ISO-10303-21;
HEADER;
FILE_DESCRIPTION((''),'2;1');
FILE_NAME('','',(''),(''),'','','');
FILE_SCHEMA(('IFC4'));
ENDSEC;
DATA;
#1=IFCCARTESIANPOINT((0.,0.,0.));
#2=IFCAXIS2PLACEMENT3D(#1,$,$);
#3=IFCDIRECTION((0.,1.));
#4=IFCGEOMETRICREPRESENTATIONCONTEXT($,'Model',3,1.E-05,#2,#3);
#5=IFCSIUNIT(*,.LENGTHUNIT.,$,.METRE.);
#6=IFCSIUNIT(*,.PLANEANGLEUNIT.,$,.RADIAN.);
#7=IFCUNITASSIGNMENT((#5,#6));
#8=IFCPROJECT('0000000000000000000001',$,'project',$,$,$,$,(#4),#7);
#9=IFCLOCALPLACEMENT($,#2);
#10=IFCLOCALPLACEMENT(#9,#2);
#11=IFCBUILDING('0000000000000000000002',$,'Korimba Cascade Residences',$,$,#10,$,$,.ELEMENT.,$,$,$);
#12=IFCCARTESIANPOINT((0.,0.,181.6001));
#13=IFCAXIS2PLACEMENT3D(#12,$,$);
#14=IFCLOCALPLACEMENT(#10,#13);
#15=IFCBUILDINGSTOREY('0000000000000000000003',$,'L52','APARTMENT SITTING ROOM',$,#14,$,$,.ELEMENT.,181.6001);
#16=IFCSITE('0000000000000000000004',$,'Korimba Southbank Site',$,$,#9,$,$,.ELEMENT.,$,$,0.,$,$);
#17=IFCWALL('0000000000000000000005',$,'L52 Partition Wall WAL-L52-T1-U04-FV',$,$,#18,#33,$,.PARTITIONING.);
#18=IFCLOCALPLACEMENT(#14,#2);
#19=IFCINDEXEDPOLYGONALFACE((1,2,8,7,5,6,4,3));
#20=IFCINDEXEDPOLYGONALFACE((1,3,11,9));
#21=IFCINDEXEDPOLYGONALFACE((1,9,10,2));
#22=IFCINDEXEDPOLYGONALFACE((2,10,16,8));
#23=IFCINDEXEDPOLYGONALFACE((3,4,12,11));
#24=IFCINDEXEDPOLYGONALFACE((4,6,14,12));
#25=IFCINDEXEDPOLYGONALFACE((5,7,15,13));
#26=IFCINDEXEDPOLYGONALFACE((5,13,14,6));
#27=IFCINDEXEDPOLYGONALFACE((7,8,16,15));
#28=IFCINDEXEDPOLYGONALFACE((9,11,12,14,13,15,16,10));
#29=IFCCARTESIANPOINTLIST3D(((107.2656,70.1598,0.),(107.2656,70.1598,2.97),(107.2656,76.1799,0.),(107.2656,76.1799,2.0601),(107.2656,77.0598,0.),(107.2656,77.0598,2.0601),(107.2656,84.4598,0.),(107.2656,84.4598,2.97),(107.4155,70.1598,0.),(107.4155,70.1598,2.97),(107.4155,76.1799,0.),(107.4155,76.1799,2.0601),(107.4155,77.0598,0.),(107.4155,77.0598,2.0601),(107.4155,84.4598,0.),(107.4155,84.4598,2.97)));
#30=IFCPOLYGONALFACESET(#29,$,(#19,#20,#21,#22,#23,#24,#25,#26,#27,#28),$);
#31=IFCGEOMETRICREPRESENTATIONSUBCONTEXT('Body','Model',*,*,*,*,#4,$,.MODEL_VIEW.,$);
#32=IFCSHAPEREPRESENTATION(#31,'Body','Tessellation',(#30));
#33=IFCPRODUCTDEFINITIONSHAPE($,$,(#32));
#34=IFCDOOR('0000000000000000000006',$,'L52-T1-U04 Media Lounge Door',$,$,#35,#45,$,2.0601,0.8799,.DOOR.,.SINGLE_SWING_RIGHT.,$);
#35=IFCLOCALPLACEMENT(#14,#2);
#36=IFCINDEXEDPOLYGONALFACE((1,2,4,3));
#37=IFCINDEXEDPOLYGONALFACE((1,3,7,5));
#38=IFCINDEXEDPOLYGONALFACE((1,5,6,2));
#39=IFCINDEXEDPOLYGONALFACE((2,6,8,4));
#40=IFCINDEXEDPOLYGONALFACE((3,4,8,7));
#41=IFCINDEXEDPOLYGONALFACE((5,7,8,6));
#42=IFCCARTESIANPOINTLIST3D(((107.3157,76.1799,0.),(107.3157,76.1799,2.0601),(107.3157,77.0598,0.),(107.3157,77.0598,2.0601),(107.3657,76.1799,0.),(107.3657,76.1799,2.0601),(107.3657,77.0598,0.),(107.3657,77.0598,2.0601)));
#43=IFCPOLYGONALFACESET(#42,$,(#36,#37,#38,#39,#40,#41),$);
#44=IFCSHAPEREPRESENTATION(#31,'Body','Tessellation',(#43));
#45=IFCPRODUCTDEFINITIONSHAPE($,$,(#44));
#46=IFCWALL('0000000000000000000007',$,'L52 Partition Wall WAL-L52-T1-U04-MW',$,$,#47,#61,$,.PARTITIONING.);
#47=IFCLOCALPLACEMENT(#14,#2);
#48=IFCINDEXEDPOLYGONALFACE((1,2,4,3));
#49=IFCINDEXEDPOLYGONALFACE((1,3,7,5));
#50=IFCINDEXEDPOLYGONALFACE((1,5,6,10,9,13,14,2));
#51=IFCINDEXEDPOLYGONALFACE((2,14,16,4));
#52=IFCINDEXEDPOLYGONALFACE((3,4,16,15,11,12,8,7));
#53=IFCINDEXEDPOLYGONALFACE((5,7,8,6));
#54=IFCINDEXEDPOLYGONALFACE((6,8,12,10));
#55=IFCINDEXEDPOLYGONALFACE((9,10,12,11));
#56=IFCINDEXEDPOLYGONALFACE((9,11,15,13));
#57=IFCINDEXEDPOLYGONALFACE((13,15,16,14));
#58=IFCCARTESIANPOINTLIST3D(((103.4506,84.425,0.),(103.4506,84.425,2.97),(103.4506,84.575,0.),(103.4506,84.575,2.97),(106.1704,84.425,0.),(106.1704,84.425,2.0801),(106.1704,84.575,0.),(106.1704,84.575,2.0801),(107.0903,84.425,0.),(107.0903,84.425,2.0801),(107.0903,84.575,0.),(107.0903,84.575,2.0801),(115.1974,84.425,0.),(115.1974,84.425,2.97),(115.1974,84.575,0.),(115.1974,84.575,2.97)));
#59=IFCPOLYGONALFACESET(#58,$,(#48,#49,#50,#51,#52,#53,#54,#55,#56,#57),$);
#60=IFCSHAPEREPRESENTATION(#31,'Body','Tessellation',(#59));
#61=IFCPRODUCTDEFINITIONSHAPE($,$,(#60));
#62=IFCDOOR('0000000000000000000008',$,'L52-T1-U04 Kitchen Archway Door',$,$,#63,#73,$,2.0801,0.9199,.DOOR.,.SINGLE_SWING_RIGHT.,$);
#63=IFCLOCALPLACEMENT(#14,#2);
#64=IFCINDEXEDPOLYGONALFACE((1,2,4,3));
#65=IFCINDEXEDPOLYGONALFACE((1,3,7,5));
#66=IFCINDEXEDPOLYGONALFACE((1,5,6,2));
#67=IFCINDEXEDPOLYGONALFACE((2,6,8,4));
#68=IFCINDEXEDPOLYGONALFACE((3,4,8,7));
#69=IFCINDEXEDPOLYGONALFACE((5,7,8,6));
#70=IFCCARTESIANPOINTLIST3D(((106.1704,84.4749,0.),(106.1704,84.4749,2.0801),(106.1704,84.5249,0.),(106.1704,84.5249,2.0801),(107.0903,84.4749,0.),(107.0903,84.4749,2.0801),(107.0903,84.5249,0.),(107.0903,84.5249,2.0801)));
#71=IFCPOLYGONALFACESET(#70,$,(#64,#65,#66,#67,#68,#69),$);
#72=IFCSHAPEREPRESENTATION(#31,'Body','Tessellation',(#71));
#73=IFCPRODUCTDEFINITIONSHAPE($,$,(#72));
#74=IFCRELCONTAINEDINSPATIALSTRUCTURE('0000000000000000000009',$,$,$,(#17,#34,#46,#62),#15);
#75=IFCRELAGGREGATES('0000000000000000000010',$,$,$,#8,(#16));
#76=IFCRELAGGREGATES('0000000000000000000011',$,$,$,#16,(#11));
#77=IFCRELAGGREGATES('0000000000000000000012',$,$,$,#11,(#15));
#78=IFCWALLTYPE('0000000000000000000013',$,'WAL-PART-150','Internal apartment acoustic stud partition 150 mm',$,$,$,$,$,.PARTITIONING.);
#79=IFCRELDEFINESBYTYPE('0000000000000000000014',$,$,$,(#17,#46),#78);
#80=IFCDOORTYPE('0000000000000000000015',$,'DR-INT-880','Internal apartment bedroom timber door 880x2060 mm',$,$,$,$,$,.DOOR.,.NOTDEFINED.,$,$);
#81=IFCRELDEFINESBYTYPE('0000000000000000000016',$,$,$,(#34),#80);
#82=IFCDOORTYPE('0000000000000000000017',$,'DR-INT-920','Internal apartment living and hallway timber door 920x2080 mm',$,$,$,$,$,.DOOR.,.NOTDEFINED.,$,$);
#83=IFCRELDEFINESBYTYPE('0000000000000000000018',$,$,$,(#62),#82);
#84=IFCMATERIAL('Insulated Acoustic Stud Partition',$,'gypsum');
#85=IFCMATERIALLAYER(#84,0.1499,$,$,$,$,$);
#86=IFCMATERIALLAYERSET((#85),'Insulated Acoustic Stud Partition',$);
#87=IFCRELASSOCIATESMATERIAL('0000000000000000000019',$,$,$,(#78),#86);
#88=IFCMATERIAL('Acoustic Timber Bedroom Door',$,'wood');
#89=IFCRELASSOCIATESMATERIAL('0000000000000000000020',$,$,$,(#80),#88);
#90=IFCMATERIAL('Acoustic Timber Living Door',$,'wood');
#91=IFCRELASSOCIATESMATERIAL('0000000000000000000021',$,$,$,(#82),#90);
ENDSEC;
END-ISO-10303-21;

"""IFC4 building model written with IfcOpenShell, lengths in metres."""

from ifc_helpers import new_model, si_unit, direction, frame, frame_2d, origin, place, context, subcontext, project, spatial, rectangle, extrude, material, layer, layer_set, type_object, element, fill, save


model = new_model("IFC4")

# Units and contexts
model_context = context("Model", 3, precision=1e-05, world=origin(), true_north=direction((0.0, 1.0)))
body_context = subcontext(model_context, "Body", "Model", "MODEL_VIEW")
ifc_project = project(units=[si_unit("LENGTHUNIT", "METRE"), si_unit("PLANEANGLEUNIT", "RADIAN")], contexts=[model_context])

# Site, building, storey
site_placement = place(None, origin())
site = spatial("IfcSite", under=ifc_project, at=site_placement, Name="Korimba Southbank Site", CompositionType="ELEMENT", RefElevation=0.0)
building_placement = place(site_placement, origin())
building = spatial("IfcBuilding", under=site, at=building_placement, Name="Korimba Cascade Residences", CompositionType="ELEMENT")
storey_placement = place(building_placement, frame((0.0, 0.0, 181.6001)))
storey = spatial("IfcBuildingStorey", under=building, at=storey_placement, Name="L52", Description="APARTMENT SITTING ROOM", CompositionType="ELEMENT", Elevation=181.6001)

# Walls, openings, doors
ifc_material_1 = material(Name="Insulated Acoustic Stud Partition", Category="gypsum")
ifc_layer_1 = layer(ifc_material_1, 0.1499)
ifc_layer_set_1 = layer_set([ifc_layer_1], Name="Insulated Acoustic Stud Partition")
wall_type_1 = type_object("IfcWallType", Name="WAL-PART-150", Description="Internal apartment acoustic stud partition 150 mm", PredefinedType="PARTITIONING", material=ifc_layer_set_1)
ifc_material_2 = material(Name="Acoustic Timber Bedroom Door", Category="wood")
door_type_1 = type_object("IfcDoorType", Name="DR-INT-880", Description="Internal apartment bedroom timber door 880x2060 mm", OperationType="NOTDEFINED", PredefinedType="DOOR", material=ifc_material_2)
wall_1_placement = place(storey_placement, frame((107.3406, 70.1599, 0.0), z_axis=(0.0, 0.0, 1.0), x_axis=(0.0, 1.0, 0.0)))
wall_1 = element("IfcWall", 1, at=wall_1_placement, inside=storey, type_object=wall_type_1, Name="L52 Partition Wall WAL-L52-T1-U04-FV", PredefinedType="PARTITIONING", context=body_context, shape_type="SweptSolid", body=[
    extrude(rectangle(XDim=14.3, YDim=0.1499, at=frame_2d((7.1499, 0.0))), origin(), (0.0, 0.0, 1.0), 2.97),
])
opening_1_placement = place(wall_1_placement, frame((6.02, 0.0, 0.0)))
opening_1 = element("IfcOpeningElement", 2, at=opening_1_placement, cuts=wall_1, PredefinedType="OPENING", context=body_context, shape_type="SweptSolid", body=[
    extrude(rectangle(XDim=0.8799, YDim=2.0601, at=frame_2d((0.4399, 1.03))), frame((0.0, 0.085, 0.0), z_axis=(0.0, -1.0, 0.0), x_axis=(1.0, 0.0, 0.0)), (0.0, 0.0, 1.0), 0.1699),
])
door_1_placement = place(opening_1_placement, origin())
door_1 = element("IfcDoor", 3, at=door_1_placement, inside=storey, type_object=door_type_1, Name="L52-T1-U04 Media Lounge Door", OperationType="SINGLE_SWING_RIGHT", OverallHeight=2.0601, OverallWidth=0.8799, PredefinedType="DOOR", context=body_context, shape_type="SweptSolid", body=[
    extrude(rectangle(XDim=0.8799, YDim=2.0601, at=frame_2d((0.4399, 1.03))), frame((0.0, 0.0249, 0.0), z_axis=(0.0, -1.0, 0.0), x_axis=(1.0, 0.0, 0.0)), (0.0, 0.0, 1.0), 0.05),
])
fill(opening_1, door_1)
wall_2_placement = place(storey_placement, frame((103.4504, 84.5, 0.0), z_axis=(0.0, 0.0, 1.0), x_axis=(1.0, 0.0, 0.0)))
wall_2 = element("IfcWall", 4, at=wall_2_placement, inside=storey, type_object=wall_type_1, Name="L52 Partition Wall WAL-L52-T1-U04-MW", PredefinedType="PARTITIONING", context=body_context, shape_type="SweptSolid", body=[
    extrude(rectangle(XDim=11.7468, YDim=0.1499, at=frame_2d((5.8735, 0.0))), origin(), (0.0, 0.0, 1.0), 2.97),
])
opening_2_placement = place(wall_2_placement, frame((2.72, 0.0, 0.0)))
opening_2 = element("IfcOpeningElement", 5, at=opening_2_placement, cuts=wall_2, PredefinedType="OPENING", context=body_context, shape_type="SweptSolid", body=[
    extrude(rectangle(XDim=0.9199, YDim=2.0801, at=frame_2d((0.46, 1.04))), frame((0.0, 0.085, 0.0), z_axis=(0.0, -1.0, 0.0), x_axis=(1.0, 0.0, 0.0)), (0.0, 0.0, 1.0), 0.1699),
])
ifc_material_3 = material(Name="Acoustic Timber Living Door", Category="wood")
door_type_2 = type_object("IfcDoorType", Name="DR-INT-920", Description="Internal apartment living and hallway timber door 920x2080 mm", OperationType="NOTDEFINED", PredefinedType="DOOR", material=ifc_material_3)
door_2_placement = place(opening_2_placement, origin())
door_2 = element("IfcDoor", 6, at=door_2_placement, inside=storey, type_object=door_type_2, Name="L52-T1-U04 Kitchen Archway Door", OperationType="SINGLE_SWING_RIGHT", OverallHeight=2.0801, OverallWidth=0.9199, PredefinedType="DOOR", context=body_context, shape_type="SweptSolid", body=[
    extrude(rectangle(XDim=0.9199, YDim=2.0801, at=frame_2d((0.46, 1.04))), frame((0.0, 0.0249, 0.0), z_axis=(0.0, -1.0, 0.0), x_axis=(1.0, 0.0, 0.0)), (0.0, 0.0, 1.0), 0.05),
])
fill(opening_2, door_2)

save(model, "model.ifc")
